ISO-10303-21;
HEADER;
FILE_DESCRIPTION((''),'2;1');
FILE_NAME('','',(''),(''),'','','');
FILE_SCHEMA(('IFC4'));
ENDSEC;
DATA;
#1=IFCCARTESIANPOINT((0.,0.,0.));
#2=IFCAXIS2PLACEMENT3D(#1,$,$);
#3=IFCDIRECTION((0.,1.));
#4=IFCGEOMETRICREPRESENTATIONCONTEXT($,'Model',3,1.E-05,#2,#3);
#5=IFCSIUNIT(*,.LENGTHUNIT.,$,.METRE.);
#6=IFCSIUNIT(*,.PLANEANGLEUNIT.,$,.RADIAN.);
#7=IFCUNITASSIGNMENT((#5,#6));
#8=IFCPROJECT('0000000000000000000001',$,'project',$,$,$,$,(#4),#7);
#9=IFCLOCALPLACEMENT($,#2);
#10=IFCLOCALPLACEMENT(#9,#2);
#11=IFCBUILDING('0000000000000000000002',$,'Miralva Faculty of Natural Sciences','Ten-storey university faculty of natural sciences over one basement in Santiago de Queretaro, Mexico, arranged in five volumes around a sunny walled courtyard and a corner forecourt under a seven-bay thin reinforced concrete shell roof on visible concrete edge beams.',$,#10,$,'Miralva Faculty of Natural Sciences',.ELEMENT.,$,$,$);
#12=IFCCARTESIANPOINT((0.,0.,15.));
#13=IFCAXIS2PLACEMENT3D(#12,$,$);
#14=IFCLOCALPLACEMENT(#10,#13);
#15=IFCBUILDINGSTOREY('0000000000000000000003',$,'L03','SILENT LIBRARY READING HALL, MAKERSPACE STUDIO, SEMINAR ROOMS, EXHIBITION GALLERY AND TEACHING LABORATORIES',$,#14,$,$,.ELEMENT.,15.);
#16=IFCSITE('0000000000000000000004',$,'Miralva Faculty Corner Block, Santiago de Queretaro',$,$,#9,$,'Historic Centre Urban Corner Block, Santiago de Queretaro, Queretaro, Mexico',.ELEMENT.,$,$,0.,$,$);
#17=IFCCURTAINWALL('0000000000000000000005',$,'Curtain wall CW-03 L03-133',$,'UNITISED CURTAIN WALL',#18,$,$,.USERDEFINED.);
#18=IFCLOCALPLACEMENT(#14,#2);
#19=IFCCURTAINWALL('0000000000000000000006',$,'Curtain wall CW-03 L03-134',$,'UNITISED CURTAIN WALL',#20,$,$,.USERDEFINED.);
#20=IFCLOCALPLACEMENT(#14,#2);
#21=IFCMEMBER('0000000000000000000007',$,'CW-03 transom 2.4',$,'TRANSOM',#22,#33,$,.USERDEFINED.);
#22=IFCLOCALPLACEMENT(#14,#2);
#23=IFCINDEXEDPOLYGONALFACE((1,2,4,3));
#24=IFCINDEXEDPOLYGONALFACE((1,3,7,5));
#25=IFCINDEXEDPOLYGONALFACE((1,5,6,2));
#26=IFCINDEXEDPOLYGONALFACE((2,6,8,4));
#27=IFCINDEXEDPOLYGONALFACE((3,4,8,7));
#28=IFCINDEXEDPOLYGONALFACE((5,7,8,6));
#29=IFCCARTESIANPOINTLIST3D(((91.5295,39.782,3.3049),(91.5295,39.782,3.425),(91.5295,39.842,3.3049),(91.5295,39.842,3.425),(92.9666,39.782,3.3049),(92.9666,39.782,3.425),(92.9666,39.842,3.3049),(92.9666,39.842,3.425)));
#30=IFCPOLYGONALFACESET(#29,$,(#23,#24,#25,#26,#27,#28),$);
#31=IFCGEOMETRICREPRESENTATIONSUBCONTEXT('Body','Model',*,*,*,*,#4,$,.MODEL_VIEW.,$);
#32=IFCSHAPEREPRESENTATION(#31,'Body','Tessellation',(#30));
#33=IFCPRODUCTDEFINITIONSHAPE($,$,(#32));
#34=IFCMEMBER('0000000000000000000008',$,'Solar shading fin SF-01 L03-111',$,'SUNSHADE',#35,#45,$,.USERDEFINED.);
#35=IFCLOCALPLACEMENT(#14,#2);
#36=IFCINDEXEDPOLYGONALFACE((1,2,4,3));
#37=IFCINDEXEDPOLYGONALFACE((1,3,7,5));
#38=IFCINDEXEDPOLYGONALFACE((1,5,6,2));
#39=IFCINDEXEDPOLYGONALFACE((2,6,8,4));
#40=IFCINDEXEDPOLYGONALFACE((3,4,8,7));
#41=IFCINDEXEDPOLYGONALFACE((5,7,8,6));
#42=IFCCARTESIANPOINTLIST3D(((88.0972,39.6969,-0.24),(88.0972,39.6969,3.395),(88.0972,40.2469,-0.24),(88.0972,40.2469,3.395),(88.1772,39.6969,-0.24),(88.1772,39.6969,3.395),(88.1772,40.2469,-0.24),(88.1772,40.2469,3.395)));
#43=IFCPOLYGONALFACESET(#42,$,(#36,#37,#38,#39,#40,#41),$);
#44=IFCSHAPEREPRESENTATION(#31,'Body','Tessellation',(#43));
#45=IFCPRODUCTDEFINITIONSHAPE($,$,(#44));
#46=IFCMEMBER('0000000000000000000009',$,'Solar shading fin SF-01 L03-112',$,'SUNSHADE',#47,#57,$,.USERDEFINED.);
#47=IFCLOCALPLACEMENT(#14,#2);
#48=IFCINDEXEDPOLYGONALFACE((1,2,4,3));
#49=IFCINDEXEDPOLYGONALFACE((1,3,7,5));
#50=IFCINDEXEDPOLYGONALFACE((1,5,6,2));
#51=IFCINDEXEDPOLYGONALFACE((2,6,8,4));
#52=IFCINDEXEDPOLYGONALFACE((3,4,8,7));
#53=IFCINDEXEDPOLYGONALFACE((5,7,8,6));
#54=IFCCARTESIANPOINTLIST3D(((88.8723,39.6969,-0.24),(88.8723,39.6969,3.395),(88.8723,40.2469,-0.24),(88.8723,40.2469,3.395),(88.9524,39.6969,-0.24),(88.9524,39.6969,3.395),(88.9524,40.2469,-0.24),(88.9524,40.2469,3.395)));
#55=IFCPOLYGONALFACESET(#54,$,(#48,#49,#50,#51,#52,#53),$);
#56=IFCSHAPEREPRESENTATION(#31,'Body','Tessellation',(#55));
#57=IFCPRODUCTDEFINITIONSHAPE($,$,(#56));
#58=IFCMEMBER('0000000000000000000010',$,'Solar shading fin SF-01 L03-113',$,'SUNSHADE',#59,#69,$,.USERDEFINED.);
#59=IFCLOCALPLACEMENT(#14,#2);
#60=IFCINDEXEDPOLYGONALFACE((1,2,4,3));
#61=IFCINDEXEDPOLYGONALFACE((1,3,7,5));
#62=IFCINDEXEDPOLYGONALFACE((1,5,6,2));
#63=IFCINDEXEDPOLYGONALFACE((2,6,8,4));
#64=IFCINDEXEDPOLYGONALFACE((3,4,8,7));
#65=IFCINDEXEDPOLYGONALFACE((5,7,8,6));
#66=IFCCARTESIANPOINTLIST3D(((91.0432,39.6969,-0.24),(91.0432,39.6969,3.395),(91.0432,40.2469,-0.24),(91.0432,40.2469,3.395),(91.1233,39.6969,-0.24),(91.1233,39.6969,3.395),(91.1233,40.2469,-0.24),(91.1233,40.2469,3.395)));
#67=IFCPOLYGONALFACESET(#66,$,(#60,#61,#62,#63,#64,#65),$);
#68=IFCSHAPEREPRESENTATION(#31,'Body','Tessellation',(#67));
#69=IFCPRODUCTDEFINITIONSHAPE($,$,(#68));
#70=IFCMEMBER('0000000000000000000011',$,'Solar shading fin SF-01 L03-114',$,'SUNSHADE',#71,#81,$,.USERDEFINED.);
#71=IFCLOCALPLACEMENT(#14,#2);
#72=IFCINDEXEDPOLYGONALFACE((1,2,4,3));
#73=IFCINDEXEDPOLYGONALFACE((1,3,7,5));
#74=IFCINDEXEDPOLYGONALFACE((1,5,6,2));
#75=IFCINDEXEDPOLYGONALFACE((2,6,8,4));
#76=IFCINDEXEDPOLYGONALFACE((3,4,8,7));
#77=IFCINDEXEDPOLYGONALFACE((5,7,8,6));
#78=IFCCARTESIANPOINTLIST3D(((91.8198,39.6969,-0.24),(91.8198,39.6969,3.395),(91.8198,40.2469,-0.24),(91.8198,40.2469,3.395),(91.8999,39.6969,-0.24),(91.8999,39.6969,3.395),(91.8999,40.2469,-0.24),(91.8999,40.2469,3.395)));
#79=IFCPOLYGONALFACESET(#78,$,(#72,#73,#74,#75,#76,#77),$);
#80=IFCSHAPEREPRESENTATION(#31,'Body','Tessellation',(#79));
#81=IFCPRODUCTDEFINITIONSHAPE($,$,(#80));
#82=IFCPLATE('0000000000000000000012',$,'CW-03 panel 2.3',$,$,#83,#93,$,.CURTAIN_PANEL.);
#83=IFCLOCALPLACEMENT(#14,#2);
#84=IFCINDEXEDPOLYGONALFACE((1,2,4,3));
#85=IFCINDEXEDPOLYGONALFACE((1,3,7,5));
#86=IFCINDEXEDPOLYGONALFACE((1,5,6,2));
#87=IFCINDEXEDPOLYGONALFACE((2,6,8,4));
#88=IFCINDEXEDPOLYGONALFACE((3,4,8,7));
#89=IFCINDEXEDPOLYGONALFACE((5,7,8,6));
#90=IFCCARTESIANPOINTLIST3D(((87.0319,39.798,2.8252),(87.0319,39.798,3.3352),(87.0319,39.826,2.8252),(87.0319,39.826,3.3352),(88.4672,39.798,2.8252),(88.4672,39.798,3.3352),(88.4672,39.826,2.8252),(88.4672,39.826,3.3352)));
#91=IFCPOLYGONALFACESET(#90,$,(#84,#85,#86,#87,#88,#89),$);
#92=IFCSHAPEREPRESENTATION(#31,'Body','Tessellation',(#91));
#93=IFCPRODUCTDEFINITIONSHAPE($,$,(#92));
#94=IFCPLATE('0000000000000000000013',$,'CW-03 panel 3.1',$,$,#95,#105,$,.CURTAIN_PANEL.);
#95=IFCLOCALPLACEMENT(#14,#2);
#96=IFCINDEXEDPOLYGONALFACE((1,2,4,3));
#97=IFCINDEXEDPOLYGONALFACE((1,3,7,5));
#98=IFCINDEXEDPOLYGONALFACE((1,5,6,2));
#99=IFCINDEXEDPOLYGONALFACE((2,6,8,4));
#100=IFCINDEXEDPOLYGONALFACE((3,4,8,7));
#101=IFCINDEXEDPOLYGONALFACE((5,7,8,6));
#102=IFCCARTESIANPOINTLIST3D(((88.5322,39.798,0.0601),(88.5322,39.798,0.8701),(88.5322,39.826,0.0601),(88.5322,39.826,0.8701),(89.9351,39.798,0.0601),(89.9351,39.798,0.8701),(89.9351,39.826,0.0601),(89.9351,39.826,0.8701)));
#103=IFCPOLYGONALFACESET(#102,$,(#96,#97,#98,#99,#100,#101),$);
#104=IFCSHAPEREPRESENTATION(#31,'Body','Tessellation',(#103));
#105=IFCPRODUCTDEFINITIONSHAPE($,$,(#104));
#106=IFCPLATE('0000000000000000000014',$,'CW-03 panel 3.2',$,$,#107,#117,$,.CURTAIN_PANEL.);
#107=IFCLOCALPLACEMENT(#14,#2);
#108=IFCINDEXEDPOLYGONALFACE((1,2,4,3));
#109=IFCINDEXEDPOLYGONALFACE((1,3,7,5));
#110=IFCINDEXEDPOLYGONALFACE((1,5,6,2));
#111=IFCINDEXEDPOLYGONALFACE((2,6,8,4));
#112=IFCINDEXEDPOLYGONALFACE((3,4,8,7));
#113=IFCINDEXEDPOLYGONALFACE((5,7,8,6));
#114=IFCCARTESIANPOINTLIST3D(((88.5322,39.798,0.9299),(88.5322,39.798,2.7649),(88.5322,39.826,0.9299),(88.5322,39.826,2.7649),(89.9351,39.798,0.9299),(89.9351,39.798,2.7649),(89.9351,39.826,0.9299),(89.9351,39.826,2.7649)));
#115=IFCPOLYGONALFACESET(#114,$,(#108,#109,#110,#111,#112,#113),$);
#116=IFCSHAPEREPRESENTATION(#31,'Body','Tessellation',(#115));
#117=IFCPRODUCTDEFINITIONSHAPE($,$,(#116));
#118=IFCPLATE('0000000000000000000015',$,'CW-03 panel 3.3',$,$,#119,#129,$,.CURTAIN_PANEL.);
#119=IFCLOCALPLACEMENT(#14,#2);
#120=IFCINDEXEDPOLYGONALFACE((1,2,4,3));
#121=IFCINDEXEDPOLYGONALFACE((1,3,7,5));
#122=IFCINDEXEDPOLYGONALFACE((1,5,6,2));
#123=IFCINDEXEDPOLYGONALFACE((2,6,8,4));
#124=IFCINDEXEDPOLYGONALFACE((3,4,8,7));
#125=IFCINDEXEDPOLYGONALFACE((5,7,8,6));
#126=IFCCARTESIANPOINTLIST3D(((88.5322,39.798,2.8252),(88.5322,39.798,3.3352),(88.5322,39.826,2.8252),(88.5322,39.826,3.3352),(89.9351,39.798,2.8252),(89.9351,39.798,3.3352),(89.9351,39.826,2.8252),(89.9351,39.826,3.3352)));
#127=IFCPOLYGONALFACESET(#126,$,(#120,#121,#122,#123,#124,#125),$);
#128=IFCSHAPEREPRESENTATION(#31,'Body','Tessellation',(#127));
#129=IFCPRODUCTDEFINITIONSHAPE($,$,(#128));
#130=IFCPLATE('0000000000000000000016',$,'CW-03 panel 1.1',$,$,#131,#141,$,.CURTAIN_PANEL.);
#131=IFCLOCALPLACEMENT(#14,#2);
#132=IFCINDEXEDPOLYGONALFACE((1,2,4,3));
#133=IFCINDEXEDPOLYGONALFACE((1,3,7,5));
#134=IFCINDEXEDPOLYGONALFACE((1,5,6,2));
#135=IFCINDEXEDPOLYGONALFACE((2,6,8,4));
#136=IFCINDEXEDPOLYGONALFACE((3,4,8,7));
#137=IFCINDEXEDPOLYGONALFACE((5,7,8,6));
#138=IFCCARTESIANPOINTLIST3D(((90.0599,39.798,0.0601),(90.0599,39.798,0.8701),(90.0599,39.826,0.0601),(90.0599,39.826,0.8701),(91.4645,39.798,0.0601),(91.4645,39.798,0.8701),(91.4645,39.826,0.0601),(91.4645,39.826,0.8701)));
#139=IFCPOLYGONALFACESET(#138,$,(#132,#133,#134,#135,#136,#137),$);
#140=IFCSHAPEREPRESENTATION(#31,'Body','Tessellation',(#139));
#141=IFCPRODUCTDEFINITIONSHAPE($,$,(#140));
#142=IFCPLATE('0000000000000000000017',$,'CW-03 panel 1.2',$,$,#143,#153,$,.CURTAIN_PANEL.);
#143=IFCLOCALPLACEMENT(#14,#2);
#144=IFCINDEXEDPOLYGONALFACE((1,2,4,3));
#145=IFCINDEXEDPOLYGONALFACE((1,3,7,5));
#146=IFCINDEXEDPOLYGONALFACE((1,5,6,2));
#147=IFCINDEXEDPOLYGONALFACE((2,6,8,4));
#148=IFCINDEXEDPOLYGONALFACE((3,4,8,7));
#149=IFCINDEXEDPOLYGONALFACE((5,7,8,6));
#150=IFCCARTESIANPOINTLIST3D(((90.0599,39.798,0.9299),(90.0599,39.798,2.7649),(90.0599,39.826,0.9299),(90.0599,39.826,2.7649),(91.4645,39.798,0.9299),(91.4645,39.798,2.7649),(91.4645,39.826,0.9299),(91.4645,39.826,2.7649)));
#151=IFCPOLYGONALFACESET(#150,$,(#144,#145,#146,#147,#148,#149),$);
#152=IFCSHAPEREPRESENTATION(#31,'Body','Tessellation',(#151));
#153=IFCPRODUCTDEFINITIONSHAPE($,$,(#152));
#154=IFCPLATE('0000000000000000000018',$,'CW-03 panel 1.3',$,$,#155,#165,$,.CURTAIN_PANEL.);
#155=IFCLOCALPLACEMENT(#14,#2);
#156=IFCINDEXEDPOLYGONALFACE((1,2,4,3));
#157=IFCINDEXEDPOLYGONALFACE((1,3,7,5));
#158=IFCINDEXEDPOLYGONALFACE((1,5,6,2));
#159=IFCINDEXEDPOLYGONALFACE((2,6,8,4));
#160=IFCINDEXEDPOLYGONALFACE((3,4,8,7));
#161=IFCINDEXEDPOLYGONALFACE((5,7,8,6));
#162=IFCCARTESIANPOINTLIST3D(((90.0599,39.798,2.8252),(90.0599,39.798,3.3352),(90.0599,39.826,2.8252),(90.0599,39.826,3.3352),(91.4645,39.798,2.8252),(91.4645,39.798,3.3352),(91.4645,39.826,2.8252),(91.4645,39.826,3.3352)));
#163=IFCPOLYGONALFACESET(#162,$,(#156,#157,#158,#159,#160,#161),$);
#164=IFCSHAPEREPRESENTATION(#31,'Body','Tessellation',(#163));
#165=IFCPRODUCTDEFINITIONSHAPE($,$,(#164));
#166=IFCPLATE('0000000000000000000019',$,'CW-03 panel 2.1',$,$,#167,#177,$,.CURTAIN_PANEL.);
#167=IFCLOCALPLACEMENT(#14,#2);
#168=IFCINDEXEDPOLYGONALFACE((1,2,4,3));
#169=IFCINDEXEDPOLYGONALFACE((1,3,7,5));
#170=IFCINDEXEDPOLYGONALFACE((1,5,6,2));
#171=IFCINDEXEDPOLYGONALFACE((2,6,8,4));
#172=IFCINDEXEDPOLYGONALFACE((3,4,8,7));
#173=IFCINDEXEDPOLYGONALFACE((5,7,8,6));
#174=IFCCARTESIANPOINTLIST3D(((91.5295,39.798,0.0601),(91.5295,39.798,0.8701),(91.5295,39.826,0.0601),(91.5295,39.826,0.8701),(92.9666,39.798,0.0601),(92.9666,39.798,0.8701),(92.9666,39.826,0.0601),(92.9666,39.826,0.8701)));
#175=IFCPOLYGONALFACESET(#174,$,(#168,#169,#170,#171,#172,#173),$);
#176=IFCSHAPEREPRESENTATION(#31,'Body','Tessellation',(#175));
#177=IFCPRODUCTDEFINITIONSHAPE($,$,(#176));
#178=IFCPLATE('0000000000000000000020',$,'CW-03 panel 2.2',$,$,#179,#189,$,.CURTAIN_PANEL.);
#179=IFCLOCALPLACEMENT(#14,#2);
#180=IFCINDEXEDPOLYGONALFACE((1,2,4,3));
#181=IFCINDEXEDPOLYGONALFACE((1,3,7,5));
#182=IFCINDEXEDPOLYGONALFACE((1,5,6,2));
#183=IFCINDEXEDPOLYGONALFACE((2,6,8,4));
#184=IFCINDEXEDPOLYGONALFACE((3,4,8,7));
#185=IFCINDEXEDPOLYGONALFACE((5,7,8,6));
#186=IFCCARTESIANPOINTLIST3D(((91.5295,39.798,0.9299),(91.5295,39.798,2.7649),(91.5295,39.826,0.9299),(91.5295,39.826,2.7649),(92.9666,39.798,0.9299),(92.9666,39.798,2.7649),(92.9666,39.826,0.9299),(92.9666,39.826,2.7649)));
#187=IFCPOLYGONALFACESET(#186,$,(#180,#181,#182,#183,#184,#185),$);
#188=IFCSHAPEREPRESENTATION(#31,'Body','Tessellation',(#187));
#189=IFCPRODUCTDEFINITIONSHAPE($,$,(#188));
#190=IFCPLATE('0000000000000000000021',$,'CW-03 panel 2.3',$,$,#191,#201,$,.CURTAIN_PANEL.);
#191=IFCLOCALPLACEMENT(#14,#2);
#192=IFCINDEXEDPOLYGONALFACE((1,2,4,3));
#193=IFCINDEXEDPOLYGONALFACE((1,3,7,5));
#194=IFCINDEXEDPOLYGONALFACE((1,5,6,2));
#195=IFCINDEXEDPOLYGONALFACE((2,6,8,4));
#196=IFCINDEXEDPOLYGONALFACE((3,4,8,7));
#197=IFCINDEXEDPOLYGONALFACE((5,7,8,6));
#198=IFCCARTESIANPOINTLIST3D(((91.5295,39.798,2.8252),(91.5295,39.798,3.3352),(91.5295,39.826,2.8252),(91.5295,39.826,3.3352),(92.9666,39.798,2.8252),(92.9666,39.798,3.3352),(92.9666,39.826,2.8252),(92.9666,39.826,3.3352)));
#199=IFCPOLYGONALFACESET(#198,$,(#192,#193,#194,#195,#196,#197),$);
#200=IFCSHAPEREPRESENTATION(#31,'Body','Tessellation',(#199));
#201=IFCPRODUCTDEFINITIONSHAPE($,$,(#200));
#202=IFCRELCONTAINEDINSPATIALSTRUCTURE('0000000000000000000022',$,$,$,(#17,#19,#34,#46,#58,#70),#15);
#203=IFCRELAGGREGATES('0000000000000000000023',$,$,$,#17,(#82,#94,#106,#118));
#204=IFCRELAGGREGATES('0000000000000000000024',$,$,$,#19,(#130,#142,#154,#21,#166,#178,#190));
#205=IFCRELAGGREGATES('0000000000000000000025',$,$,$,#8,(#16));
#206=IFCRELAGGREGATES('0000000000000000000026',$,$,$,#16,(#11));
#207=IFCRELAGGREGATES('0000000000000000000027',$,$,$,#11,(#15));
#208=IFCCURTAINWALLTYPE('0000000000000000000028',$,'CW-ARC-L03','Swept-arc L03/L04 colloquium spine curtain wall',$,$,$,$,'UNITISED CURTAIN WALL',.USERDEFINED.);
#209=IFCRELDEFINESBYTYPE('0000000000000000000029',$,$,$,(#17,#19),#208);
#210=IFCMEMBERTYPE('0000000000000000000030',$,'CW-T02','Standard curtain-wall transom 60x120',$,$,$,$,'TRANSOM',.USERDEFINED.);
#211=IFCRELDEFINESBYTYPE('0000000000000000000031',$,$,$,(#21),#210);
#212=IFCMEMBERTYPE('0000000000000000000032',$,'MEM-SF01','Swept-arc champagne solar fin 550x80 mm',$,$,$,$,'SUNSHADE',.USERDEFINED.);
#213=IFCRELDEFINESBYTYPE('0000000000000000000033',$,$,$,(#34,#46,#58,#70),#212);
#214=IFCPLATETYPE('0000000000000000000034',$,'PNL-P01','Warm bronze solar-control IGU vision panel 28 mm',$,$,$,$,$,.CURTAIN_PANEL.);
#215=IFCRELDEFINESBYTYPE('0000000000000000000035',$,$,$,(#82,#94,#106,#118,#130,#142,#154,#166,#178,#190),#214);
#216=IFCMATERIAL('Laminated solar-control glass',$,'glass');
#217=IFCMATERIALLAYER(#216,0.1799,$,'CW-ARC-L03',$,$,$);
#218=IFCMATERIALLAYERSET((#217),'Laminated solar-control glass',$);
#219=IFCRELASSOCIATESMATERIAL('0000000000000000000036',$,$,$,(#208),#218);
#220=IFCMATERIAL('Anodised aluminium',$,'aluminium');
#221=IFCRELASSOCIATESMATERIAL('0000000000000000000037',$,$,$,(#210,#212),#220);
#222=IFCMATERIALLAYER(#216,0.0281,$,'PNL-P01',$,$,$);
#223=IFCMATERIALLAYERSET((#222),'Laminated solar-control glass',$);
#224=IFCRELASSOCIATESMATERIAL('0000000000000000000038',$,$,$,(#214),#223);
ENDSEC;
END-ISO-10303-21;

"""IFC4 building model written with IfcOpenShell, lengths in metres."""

from ifc_helpers import new_model, si_unit, direction, frame, origin, origin_2d, place, context, subcontext, project, spatial, rectangle, extrude, material, layer, layer_set, material_profile, profile_set, type_object, element, aggregate, save


model = new_model("IFC4")

# Units and contexts
model_context = context("Model", 3, precision=1e-05, world=origin(), true_north=direction((0.0, 1.0)))
body_context = subcontext(model_context, "Body", "Model", "MODEL_VIEW")
ifc_project = project(units=[si_unit("LENGTHUNIT", "METRE"), si_unit("PLANEANGLEUNIT", "RADIAN")], contexts=[model_context])

# Site, building, storey
site_placement = place(None, origin())
site = spatial("IfcSite", under=ifc_project, at=site_placement, Name="Miralva Faculty Corner Block, Santiago de Queretaro", LongName="Historic Centre Urban Corner Block, Santiago de Queretaro, Queretaro, Mexico", CompositionType="ELEMENT", RefElevation=0.0)
building_placement = place(site_placement, origin())
building = spatial("IfcBuilding", under=site, at=building_placement, Name="Miralva Faculty of Natural Sciences", Description="Ten-storey university faculty of natural sciences over one basement in Santiago de Queretaro, Mexico, arranged in five volumes around a sunny walled courtyard and a corner forecourt under a seven-bay thin reinforced concrete shell roof on visible concrete edge beams.", LongName="Miralva Faculty of Natural Sciences", CompositionType="ELEMENT")
storey_placement = place(building_placement, frame((0.0, 0.0, 15.0)))
storey = spatial("IfcBuildingStorey", under=building, at=storey_placement, Name="L03", Description="SILENT LIBRARY READING HALL, MAKERSPACE STUDIO, SEMINAR ROOMS, EXHIBITION GALLERY AND TEACHING LABORATORIES", CompositionType="ELEMENT", Elevation=15.0)

# Curtain walls
ifc_material_1 = material(Name="Laminated solar-control glass", Category="glass")
ifc_layer_1 = layer(ifc_material_1, 0.1799, Name="CW-ARC-L03")
ifc_layer_set_1 = layer_set([ifc_layer_1], Name="Laminated solar-control glass")
curtain_wall_type = type_object("IfcCurtainWallType", Name="CW-ARC-L03", Description="Swept-arc L03/L04 colloquium spine curtain wall", ElementType="UNITISED CURTAIN WALL", PredefinedType="USERDEFINED", material=ifc_layer_set_1)
curtain_wall_1_placement = place(storey_placement, origin())
curtain_wall_1 = element("IfcCurtainWall", 1, at=curtain_wall_1_placement, inside=storey, type_object=curtain_wall_type, Name="Curtain wall CW-03 L03-133", ObjectType="UNITISED CURTAIN WALL", PredefinedType="USERDEFINED")
ifc_material_2 = material(Name="Anodised aluminium", Category="aluminium")
curtain_wall_2_placement = place(storey_placement, origin())
curtain_wall_2 = element("IfcCurtainWall", 2, at=curtain_wall_2_placement, inside=storey, type_object=curtain_wall_type, Name="Curtain wall CW-03 L03-134", ObjectType="UNITISED CURTAIN WALL", PredefinedType="USERDEFINED")

# Member
ifc_material_profile_1 = material_profile(ifc_material_2, rectangle(XDim=0.0601, YDim=0.1201, at=origin_2d()), Name="TRANSOM 60x120")
ifc_profile_set_1 = profile_set([ifc_material_profile_1], Name="Anodised aluminium")
member_type_1 = type_object("IfcMemberType", Name="CW-T02", Description="Standard curtain-wall transom 60x120", ElementType="TRANSOM", PredefinedType="USERDEFINED", material=ifc_profile_set_1)
member_1_placement = place(storey_placement, frame((91.5295, 39.812, 3.365), z_axis=(1.0, 0.0, 0.0), x_axis=(0.0, 1.0, 0.0)))
member_1 = element("IfcMember", 3, at=member_1_placement, type_object=member_type_1, Name="CW-03 transom 2.4", ObjectType="TRANSOM", PredefinedType="USERDEFINED", context=body_context, shape_type="SweptSolid", body=[
    extrude(rectangle(XDim=0.0601, YDim=0.1201, at=origin_2d()), origin(), (0.0, 0.0, 1.0), 1.437),
])

# Members
ifc_material_profile_2 = material_profile(ifc_material_2, rectangle(XDim=0.0801, YDim=0.55, at=origin_2d()), Name="FIN 550x80")
ifc_profile_set_2 = profile_set([ifc_material_profile_2], Name="Anodised aluminium")
member_type_2 = type_object("IfcMemberType", Name="MEM-SF01", Description="Swept-arc champagne solar fin 550x80 mm", ElementType="SUNSHADE", PredefinedType="USERDEFINED", material=ifc_profile_set_2)
for number, where, z_axis, x_axis, name in (
    (4, (88.1372, 39.9719, -0.24), (0.0, 0.0, 1.0), (-1.0, 0.0, 0.0), "Solar shading fin SF-01 L03-111"),
    (5, (88.9124, 39.9719, -0.24), (0.0, 0.0, 1.0), (-1.0, 0.0, 0.0), "Solar shading fin SF-01 L03-112"),
    (6, (91.0833, 39.9719, -0.24), (0.0, 0.0, 1.0), (-1.0, 0.0, 0.0), "Solar shading fin SF-01 L03-113"),
    (7, (91.8599, 39.9719, -0.24), (0.0, 0.0, 1.0), (-1.0, 0.0, 0.0), "Solar shading fin SF-01 L03-114"),
):
    element("IfcMember", number, at=place(storey_placement, frame(where, z_axis=z_axis, x_axis=x_axis)), inside=storey, type_object=member_type_2, Name=name, ObjectType="SUNSHADE", PredefinedType="USERDEFINED", context=body_context, shape_type="SweptSolid", body=[
        extrude(rectangle(XDim=0.0801, YDim=0.55, at=origin_2d()), origin(), (0.0, 0.0, 1.0), 3.635),
    ])

# Plates
ifc_layer_2 = layer(ifc_material_1, 0.0281, Name="PNL-P01")
ifc_layer_set_2 = layer_set([ifc_layer_2], Name="Laminated solar-control glass")
plate_type = type_object("IfcPlateType", Name="PNL-P01", Description="Warm bronze solar-control IGU vision panel 28 mm", PredefinedType="CURTAIN_PANEL", material=ifc_layer_set_2)
plate_1_placement = place(storey_placement, frame((87.7495, 39.812, 2.8252), z_axis=(0.0, 0.0, 1.0), x_axis=(1.0, 0.0, 0.0)))
plate_1 = element("IfcPlate", 8, at=plate_1_placement, type_object=plate_type, Name="CW-03 panel 2.3", PredefinedType="CURTAIN_PANEL", context=body_context, shape_type="SweptSolid", body=[
    extrude(rectangle(XDim=1.4353, YDim=0.0281, at=origin_2d()), origin(), (0.0, 0.0, 1.0), 0.51),
])
plate_2_placement = place(storey_placement, frame((89.2336, 39.812, 0.0601), z_axis=(0.0, 0.0, 1.0), x_axis=(1.0, 0.0, 0.0)))
plate_2 = element("IfcPlate", 9, at=plate_2_placement, type_object=plate_type, Name="CW-03 panel 3.1", PredefinedType="CURTAIN_PANEL", context=body_context, shape_type="SweptSolid", body=[
    extrude(rectangle(XDim=1.4028, YDim=0.0281, at=origin_2d()), origin(), (0.0, 0.0, 1.0), 0.8101),
])
plate_3_placement = place(storey_placement, frame((89.2336, 39.812, 0.9299), z_axis=(0.0, 0.0, 1.0), x_axis=(1.0, 0.0, 0.0)))
plate_3 = element("IfcPlate", 10, at=plate_3_placement, type_object=plate_type, Name="CW-03 panel 3.2", PredefinedType="CURTAIN_PANEL", context=body_context, shape_type="SweptSolid", body=[
    extrude(rectangle(XDim=1.4028, YDim=0.0281, at=origin_2d()), origin(), (0.0, 0.0, 1.0), 1.835),
])
plate_4_placement = place(storey_placement, frame((89.2336, 39.812, 2.8252), z_axis=(0.0, 0.0, 1.0), x_axis=(1.0, 0.0, 0.0)))
plate_4 = element("IfcPlate", 11, at=plate_4_placement, type_object=plate_type, Name="CW-03 panel 3.3", PredefinedType="CURTAIN_PANEL", context=body_context, shape_type="SweptSolid", body=[
    extrude(rectangle(XDim=1.4028, YDim=0.0281, at=origin_2d()), origin(), (0.0, 0.0, 1.0), 0.51),
])
aggregate(curtain_wall_1, [plate_1, plate_2, plate_3, plate_4])
plate_5_placement = place(storey_placement, frame((90.7622, 39.812, 0.0601), z_axis=(0.0, 0.0, 1.0), x_axis=(1.0, 0.0, 0.0)))
plate_5 = element("IfcPlate", 12, at=plate_5_placement, type_object=plate_type, Name="CW-03 panel 1.1", PredefinedType="CURTAIN_PANEL", context=body_context, shape_type="SweptSolid", body=[
    extrude(rectangle(XDim=1.4045, YDim=0.0281, at=origin_2d()), origin(), (0.0, 0.0, 1.0), 0.8101),
])
plate_6_placement = place(storey_placement, frame((90.7622, 39.812, 0.9299), z_axis=(0.0, 0.0, 1.0), x_axis=(1.0, 0.0, 0.0)))
plate_6 = element("IfcPlate", 13, at=plate_6_placement, type_object=plate_type, Name="CW-03 panel 1.2", PredefinedType="CURTAIN_PANEL", context=body_context, shape_type="SweptSolid", body=[
    extrude(rectangle(XDim=1.4045, YDim=0.0281, at=origin_2d()), origin(), (0.0, 0.0, 1.0), 1.835),
])
plate_7_placement = place(storey_placement, frame((90.7622, 39.812, 2.8252), z_axis=(0.0, 0.0, 1.0), x_axis=(1.0, 0.0, 0.0)))
plate_7 = element("IfcPlate", 14, at=plate_7_placement, type_object=plate_type, Name="CW-03 panel 1.3", PredefinedType="CURTAIN_PANEL", context=body_context, shape_type="SweptSolid", body=[
    extrude(rectangle(XDim=1.4045, YDim=0.0281, at=origin_2d()), origin(), (0.0, 0.0, 1.0), 0.51),
])
plate_8_placement = place(storey_placement, frame((92.248, 39.812, 0.0601), z_axis=(0.0, 0.0, 1.0), x_axis=(1.0, 0.0, 0.0)))
plate_8 = element("IfcPlate", 15, at=plate_8_placement, type_object=plate_type, Name="CW-03 panel 2.1", PredefinedType="CURTAIN_PANEL", context=body_context, shape_type="SweptSolid", body=[
    extrude(rectangle(XDim=1.437, YDim=0.0281, at=origin_2d()), origin(), (0.0, 0.0, 1.0), 0.8101),
])
plate_9_placement = place(storey_placement, frame((92.248, 39.812, 0.9299), z_axis=(0.0, 0.0, 1.0), x_axis=(1.0, 0.0, 0.0)))
plate_9 = element("IfcPlate", 16, at=plate_9_placement, type_object=plate_type, Name="CW-03 panel 2.2", PredefinedType="CURTAIN_PANEL", context=body_context, shape_type="SweptSolid", body=[
    extrude(rectangle(XDim=1.437, YDim=0.0281, at=origin_2d()), origin(), (0.0, 0.0, 1.0), 1.835),
])
plate_10_placement = place(storey_placement, frame((92.248, 39.812, 2.8252), z_axis=(0.0, 0.0, 1.0), x_axis=(1.0, 0.0, 0.0)))
plate_10 = element("IfcPlate", 17, at=plate_10_placement, type_object=plate_type, Name="CW-03 panel 2.3", PredefinedType="CURTAIN_PANEL", context=body_context, shape_type="SweptSolid", body=[
    extrude(rectangle(XDim=1.437, YDim=0.0281, at=origin_2d()), origin(), (0.0, 0.0, 1.0), 0.51),
])
aggregate(curtain_wall_2, [plate_5, plate_6, plate_7, member_1, plate_8, plate_9, plate_10])

save(model, "model.ifc")
